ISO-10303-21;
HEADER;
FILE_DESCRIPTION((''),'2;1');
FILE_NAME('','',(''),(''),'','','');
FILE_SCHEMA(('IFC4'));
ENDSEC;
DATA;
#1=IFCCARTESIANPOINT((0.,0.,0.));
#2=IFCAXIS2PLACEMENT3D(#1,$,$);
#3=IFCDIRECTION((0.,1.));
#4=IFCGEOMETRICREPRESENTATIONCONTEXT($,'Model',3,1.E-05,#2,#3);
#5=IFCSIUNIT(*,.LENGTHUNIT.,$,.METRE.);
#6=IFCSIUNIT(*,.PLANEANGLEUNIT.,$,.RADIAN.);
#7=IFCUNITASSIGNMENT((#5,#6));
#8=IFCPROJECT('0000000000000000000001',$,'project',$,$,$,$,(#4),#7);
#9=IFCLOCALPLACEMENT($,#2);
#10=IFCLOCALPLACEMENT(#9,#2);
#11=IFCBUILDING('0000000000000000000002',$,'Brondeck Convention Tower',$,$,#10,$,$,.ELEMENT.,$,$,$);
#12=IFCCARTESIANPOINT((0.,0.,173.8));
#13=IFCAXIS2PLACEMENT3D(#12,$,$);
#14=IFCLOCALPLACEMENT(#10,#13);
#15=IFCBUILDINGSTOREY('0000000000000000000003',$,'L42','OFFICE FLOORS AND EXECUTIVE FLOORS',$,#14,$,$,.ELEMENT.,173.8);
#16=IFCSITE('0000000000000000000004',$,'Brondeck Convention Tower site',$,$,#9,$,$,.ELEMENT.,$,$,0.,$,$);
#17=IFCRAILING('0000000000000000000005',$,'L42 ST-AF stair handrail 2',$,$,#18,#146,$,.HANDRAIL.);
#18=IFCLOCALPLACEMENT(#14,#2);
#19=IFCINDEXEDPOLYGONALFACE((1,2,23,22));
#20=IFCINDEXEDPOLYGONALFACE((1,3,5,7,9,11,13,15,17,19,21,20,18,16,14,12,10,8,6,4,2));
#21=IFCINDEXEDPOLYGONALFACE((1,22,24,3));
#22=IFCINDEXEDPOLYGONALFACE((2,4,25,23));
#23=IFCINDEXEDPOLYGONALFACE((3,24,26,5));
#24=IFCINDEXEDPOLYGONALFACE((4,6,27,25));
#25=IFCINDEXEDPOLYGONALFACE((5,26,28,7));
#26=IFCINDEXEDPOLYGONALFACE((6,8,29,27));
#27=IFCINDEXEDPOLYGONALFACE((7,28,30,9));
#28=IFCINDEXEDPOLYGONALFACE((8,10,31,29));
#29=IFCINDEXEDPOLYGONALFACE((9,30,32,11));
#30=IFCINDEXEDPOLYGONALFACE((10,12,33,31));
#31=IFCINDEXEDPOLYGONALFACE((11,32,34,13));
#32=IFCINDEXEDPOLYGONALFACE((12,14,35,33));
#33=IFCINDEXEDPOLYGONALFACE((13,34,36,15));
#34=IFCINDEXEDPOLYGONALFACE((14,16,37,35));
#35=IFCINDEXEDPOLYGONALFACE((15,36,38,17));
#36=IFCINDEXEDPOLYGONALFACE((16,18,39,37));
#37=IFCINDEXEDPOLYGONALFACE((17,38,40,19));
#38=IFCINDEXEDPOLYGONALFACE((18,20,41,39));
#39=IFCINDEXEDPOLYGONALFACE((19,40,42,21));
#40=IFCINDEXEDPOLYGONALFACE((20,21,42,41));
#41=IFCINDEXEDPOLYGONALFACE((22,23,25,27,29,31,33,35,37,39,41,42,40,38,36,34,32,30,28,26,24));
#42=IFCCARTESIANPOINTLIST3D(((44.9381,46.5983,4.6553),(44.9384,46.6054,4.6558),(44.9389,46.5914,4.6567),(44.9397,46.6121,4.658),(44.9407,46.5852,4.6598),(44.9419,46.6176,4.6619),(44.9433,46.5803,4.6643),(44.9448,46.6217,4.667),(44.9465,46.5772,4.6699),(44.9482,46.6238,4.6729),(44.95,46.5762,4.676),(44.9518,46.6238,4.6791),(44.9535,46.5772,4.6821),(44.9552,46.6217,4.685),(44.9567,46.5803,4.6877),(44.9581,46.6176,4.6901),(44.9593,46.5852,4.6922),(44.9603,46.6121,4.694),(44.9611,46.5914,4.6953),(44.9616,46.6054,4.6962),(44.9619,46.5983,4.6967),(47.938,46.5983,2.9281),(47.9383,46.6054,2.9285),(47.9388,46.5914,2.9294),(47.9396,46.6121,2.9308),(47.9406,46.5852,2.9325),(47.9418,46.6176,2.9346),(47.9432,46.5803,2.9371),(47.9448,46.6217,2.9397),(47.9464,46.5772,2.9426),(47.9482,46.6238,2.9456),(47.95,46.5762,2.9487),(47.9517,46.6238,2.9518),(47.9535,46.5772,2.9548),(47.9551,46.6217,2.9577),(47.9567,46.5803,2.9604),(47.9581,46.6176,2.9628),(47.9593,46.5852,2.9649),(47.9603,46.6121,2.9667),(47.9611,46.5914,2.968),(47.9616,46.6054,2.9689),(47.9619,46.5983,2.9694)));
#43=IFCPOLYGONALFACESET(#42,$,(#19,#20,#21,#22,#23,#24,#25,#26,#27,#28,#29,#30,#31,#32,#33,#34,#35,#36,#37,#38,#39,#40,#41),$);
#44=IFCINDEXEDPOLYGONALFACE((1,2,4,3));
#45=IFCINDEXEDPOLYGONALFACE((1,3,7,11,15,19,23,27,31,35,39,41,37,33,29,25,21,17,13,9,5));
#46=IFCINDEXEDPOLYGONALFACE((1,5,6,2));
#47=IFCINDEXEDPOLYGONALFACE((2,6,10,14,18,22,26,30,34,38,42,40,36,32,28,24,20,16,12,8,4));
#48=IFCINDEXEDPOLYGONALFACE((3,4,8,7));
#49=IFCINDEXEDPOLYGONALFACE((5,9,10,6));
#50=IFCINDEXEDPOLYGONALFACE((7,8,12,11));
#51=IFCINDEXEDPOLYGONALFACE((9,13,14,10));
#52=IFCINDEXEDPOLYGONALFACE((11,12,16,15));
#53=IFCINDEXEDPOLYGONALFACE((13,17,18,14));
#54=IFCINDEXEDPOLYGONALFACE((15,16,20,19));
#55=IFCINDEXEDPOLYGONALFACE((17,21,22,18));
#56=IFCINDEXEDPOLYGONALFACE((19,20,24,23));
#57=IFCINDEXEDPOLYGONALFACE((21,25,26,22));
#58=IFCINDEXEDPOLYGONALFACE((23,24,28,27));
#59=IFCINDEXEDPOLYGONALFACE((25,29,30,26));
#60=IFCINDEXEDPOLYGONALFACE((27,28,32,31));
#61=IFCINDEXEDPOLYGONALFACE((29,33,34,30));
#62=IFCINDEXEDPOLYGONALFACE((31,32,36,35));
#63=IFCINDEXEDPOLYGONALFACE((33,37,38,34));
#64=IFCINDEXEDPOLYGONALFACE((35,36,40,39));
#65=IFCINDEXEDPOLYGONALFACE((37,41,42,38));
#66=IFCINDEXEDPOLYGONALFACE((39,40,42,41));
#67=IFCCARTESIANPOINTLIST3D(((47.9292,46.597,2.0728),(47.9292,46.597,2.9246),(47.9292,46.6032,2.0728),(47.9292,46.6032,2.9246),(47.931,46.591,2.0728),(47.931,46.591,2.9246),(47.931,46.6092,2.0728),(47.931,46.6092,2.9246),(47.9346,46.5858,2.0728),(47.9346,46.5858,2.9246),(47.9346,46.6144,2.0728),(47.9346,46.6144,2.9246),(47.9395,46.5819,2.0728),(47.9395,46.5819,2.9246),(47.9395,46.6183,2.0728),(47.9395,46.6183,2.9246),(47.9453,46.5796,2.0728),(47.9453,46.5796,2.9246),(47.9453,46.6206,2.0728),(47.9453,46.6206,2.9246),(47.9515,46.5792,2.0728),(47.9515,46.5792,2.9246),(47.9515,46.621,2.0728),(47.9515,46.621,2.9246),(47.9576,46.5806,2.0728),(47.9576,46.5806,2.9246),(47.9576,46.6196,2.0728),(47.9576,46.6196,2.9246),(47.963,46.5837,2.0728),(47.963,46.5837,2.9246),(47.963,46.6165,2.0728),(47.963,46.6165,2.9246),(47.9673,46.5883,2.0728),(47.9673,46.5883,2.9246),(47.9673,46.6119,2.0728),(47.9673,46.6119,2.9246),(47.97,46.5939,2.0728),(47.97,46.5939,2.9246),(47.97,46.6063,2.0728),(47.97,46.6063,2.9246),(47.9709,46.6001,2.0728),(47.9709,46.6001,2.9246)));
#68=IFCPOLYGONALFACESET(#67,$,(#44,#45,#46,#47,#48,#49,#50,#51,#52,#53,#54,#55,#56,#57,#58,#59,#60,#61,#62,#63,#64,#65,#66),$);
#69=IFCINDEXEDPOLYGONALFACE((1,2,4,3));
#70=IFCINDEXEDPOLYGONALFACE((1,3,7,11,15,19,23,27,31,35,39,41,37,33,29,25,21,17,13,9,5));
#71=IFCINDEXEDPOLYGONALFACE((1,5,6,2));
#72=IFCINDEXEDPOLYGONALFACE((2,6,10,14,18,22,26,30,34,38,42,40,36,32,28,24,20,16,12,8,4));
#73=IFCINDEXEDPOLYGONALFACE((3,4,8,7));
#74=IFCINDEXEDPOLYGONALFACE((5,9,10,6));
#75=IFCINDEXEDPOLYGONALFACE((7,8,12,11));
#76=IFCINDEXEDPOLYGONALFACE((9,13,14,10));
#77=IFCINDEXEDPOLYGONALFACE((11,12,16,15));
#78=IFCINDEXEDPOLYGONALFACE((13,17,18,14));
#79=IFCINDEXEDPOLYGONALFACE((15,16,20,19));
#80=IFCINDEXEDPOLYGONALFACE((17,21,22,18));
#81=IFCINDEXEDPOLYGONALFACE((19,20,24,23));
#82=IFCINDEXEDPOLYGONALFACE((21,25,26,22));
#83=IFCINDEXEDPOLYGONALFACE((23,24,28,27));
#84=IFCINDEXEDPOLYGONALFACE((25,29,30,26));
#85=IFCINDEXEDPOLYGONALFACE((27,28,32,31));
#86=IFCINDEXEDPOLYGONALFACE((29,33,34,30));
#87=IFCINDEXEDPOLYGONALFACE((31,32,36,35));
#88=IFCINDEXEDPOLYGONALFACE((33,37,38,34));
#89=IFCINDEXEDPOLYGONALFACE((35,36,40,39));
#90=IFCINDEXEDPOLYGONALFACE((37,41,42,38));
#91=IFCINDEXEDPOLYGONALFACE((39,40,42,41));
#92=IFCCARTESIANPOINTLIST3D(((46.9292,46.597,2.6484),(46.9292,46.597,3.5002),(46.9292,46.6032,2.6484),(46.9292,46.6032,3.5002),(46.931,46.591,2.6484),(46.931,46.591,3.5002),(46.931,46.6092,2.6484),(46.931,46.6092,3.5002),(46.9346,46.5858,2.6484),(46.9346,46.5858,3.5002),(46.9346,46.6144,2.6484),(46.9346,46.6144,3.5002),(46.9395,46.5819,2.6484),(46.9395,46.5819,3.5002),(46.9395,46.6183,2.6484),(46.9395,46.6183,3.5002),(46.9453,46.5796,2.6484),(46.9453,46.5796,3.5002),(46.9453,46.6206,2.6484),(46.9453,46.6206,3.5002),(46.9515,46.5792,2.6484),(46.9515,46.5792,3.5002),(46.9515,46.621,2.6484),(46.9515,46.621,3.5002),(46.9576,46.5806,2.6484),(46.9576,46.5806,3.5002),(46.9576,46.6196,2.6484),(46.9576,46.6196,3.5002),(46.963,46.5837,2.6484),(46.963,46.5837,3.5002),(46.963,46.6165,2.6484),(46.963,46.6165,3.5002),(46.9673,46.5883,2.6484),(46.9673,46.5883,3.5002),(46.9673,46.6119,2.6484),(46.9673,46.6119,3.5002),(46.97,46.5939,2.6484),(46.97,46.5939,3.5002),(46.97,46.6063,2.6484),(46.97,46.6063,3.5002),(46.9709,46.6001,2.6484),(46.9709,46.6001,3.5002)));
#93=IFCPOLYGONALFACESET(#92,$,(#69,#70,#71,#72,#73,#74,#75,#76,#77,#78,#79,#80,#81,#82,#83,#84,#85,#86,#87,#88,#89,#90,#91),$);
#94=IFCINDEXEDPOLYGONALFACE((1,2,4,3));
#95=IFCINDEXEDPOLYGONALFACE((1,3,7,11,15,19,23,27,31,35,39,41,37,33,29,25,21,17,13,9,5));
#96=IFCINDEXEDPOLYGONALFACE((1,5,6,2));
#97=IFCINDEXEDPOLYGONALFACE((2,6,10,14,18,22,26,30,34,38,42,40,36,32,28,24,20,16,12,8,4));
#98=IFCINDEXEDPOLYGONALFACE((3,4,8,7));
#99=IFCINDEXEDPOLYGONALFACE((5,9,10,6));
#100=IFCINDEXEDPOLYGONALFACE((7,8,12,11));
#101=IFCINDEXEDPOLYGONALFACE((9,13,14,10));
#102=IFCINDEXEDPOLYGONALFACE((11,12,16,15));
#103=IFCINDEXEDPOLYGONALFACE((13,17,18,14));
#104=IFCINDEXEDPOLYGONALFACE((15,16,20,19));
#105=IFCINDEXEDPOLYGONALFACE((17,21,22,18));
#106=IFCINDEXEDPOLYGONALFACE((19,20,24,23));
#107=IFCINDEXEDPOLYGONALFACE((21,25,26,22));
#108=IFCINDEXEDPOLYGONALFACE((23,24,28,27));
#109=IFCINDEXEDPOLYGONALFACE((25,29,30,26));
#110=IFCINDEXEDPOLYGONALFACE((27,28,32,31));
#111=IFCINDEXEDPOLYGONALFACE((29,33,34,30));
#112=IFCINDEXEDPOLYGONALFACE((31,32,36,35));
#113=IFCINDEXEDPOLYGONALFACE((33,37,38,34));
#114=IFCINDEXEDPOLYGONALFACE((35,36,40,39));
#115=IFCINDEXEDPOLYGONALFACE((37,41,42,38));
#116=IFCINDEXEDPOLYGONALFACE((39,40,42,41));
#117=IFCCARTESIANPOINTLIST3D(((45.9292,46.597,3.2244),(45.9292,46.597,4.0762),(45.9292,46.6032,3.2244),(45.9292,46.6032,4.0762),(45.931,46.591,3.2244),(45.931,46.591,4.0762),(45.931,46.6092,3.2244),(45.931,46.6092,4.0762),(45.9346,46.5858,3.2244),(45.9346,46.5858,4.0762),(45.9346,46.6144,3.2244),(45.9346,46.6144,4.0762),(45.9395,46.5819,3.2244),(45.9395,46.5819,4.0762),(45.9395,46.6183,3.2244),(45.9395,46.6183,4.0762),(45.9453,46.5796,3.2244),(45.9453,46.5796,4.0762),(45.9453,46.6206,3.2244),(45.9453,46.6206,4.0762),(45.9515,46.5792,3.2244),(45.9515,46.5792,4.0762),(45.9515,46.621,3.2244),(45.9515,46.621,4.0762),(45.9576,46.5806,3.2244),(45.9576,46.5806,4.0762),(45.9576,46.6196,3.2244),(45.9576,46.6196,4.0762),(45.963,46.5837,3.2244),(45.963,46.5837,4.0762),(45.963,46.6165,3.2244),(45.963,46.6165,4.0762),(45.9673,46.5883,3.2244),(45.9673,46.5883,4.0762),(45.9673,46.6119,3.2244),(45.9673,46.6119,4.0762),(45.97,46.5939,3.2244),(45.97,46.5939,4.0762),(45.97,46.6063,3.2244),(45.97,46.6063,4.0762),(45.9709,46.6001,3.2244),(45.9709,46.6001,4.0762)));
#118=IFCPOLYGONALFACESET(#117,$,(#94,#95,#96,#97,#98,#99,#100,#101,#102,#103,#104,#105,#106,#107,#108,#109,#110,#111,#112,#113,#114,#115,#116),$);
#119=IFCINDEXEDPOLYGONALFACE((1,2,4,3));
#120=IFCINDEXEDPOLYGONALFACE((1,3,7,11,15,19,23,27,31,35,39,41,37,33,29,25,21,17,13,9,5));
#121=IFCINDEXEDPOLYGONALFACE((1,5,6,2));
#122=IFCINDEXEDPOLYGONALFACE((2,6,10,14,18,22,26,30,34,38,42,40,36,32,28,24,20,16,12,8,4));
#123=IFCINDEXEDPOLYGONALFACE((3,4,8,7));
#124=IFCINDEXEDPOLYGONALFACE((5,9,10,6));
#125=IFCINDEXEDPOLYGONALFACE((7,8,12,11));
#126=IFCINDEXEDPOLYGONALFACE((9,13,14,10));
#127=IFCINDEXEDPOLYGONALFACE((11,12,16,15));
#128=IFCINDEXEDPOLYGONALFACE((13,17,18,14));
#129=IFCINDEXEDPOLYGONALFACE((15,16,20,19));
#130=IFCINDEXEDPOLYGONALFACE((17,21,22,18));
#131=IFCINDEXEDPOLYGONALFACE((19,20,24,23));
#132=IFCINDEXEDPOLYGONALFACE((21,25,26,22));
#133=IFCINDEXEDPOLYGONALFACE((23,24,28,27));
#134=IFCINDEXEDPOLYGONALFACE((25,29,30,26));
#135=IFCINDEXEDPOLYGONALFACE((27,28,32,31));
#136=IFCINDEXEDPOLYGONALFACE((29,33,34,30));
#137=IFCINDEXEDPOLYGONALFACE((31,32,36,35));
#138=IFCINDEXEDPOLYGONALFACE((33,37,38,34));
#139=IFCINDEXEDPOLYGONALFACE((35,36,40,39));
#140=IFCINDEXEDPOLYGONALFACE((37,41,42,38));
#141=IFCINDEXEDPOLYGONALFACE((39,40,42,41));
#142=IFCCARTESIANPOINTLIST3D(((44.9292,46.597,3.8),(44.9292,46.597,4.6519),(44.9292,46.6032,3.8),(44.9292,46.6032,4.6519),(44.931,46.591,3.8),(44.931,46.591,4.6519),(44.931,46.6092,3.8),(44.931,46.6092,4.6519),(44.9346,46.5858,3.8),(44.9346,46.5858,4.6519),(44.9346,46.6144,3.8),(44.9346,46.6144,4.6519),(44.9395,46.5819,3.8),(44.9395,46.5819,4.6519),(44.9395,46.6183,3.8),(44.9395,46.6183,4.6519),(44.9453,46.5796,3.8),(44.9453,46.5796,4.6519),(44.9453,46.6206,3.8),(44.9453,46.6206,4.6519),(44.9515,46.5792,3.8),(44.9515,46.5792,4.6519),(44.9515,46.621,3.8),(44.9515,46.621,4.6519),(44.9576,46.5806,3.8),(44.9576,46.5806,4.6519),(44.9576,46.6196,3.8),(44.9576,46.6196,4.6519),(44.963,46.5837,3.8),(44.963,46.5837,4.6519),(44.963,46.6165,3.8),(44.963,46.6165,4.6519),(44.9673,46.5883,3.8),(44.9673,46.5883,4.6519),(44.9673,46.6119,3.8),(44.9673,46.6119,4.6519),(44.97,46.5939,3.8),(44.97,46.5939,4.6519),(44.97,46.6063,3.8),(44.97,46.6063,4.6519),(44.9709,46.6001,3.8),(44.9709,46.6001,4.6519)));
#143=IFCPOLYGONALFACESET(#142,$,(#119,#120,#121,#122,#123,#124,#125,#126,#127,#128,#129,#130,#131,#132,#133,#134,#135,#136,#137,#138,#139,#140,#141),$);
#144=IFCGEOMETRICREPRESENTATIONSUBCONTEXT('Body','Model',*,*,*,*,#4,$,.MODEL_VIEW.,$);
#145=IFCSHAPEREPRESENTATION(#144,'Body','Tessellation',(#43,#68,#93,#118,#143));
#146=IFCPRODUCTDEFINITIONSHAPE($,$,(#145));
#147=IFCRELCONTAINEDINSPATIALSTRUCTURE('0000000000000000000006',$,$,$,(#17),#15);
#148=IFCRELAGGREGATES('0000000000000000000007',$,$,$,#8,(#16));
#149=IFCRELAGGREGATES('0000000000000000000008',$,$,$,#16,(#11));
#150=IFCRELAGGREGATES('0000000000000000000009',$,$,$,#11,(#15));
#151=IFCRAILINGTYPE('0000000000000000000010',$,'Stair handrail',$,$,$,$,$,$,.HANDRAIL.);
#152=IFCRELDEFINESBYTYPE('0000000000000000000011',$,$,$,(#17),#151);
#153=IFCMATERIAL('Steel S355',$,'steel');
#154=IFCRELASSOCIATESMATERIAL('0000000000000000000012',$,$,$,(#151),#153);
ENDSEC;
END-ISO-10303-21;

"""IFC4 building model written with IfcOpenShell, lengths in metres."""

from ifc_helpers import new_model, si_unit, direction, frame, origin, origin_2d, place, context, subcontext, project, spatial, circle, extrude, material, type_object, element, save


model = new_model("IFC4")

# Units and contexts
model_context = context("Model", 3, precision=1e-05, world=origin(), true_north=direction((0.0, 1.0)))
body_context = subcontext(model_context, "Body", "Model", "MODEL_VIEW")
ifc_project = project(units=[si_unit("LENGTHUNIT", "METRE"), si_unit("PLANEANGLEUNIT", "RADIAN")], contexts=[model_context])

# Site, building, storey
site_placement = place(None, origin())
site = spatial("IfcSite", under=ifc_project, at=site_placement, Name="Brondeck Convention Tower site", CompositionType="ELEMENT", RefElevation=0.0)
building_placement = place(site_placement, origin())
building = spatial("IfcBuilding", under=site, at=building_placement, Name="Brondeck Convention Tower", CompositionType="ELEMENT")
storey_placement = place(building_placement, frame((0.0, 0.0, 173.8)))
storey = spatial("IfcBuildingStorey", under=building, at=storey_placement, Name="L42", Description="OFFICE FLOORS AND EXECUTIVE FLOORS", CompositionType="ELEMENT", Elevation=173.8)

# Shared definitions
ifc_material_1 = material(Name="Steel S355", Category="steel")

# Railing
railing_type_1 = type_object("IfcRailingType", Name="Stair handrail", PredefinedType="HANDRAIL", material=ifc_material_1)
railing_1_placement = place(storey_placement, frame((47.95, 46.6001, 2.0728)))
element("IfcRailing", 1, at=railing_1_placement, inside=storey, type_object=railing_type_1, Name="L42 ST-AF stair handrail 2", PredefinedType="HANDRAIL", context=body_context, shape_type="SweptSolid", body=[
    extrude(circle(Radius=0.0239, at=origin_2d()), frame((0.0, 0.0, 0.876), z_axis=(-0.86662, 0.0, 0.498969), x_axis=(0.0, -1.0, 0.0)), (0.0, 0.0, 1.0), 3.4617),
    extrude(circle(Radius=0.021, at=origin_2d()), origin(), (0.0, 0.0, 1.0), 0.8518),
    extrude(circle(Radius=0.021, at=origin_2d()), frame((-1.0, 0.0, 0.5757)), (0.0, 0.0, 1.0), 0.8518),
    extrude(circle(Radius=0.021, at=origin_2d()), frame((-2.0, 0.0, 1.1516)), (0.0, 0.0, 1.0), 0.8518),
    extrude(circle(Radius=0.021, at=origin_2d()), frame((-3.0, 0.0, 1.7273)), (0.0, 0.0, 1.0), 0.8518),
])

save(model, "model.ifc")
